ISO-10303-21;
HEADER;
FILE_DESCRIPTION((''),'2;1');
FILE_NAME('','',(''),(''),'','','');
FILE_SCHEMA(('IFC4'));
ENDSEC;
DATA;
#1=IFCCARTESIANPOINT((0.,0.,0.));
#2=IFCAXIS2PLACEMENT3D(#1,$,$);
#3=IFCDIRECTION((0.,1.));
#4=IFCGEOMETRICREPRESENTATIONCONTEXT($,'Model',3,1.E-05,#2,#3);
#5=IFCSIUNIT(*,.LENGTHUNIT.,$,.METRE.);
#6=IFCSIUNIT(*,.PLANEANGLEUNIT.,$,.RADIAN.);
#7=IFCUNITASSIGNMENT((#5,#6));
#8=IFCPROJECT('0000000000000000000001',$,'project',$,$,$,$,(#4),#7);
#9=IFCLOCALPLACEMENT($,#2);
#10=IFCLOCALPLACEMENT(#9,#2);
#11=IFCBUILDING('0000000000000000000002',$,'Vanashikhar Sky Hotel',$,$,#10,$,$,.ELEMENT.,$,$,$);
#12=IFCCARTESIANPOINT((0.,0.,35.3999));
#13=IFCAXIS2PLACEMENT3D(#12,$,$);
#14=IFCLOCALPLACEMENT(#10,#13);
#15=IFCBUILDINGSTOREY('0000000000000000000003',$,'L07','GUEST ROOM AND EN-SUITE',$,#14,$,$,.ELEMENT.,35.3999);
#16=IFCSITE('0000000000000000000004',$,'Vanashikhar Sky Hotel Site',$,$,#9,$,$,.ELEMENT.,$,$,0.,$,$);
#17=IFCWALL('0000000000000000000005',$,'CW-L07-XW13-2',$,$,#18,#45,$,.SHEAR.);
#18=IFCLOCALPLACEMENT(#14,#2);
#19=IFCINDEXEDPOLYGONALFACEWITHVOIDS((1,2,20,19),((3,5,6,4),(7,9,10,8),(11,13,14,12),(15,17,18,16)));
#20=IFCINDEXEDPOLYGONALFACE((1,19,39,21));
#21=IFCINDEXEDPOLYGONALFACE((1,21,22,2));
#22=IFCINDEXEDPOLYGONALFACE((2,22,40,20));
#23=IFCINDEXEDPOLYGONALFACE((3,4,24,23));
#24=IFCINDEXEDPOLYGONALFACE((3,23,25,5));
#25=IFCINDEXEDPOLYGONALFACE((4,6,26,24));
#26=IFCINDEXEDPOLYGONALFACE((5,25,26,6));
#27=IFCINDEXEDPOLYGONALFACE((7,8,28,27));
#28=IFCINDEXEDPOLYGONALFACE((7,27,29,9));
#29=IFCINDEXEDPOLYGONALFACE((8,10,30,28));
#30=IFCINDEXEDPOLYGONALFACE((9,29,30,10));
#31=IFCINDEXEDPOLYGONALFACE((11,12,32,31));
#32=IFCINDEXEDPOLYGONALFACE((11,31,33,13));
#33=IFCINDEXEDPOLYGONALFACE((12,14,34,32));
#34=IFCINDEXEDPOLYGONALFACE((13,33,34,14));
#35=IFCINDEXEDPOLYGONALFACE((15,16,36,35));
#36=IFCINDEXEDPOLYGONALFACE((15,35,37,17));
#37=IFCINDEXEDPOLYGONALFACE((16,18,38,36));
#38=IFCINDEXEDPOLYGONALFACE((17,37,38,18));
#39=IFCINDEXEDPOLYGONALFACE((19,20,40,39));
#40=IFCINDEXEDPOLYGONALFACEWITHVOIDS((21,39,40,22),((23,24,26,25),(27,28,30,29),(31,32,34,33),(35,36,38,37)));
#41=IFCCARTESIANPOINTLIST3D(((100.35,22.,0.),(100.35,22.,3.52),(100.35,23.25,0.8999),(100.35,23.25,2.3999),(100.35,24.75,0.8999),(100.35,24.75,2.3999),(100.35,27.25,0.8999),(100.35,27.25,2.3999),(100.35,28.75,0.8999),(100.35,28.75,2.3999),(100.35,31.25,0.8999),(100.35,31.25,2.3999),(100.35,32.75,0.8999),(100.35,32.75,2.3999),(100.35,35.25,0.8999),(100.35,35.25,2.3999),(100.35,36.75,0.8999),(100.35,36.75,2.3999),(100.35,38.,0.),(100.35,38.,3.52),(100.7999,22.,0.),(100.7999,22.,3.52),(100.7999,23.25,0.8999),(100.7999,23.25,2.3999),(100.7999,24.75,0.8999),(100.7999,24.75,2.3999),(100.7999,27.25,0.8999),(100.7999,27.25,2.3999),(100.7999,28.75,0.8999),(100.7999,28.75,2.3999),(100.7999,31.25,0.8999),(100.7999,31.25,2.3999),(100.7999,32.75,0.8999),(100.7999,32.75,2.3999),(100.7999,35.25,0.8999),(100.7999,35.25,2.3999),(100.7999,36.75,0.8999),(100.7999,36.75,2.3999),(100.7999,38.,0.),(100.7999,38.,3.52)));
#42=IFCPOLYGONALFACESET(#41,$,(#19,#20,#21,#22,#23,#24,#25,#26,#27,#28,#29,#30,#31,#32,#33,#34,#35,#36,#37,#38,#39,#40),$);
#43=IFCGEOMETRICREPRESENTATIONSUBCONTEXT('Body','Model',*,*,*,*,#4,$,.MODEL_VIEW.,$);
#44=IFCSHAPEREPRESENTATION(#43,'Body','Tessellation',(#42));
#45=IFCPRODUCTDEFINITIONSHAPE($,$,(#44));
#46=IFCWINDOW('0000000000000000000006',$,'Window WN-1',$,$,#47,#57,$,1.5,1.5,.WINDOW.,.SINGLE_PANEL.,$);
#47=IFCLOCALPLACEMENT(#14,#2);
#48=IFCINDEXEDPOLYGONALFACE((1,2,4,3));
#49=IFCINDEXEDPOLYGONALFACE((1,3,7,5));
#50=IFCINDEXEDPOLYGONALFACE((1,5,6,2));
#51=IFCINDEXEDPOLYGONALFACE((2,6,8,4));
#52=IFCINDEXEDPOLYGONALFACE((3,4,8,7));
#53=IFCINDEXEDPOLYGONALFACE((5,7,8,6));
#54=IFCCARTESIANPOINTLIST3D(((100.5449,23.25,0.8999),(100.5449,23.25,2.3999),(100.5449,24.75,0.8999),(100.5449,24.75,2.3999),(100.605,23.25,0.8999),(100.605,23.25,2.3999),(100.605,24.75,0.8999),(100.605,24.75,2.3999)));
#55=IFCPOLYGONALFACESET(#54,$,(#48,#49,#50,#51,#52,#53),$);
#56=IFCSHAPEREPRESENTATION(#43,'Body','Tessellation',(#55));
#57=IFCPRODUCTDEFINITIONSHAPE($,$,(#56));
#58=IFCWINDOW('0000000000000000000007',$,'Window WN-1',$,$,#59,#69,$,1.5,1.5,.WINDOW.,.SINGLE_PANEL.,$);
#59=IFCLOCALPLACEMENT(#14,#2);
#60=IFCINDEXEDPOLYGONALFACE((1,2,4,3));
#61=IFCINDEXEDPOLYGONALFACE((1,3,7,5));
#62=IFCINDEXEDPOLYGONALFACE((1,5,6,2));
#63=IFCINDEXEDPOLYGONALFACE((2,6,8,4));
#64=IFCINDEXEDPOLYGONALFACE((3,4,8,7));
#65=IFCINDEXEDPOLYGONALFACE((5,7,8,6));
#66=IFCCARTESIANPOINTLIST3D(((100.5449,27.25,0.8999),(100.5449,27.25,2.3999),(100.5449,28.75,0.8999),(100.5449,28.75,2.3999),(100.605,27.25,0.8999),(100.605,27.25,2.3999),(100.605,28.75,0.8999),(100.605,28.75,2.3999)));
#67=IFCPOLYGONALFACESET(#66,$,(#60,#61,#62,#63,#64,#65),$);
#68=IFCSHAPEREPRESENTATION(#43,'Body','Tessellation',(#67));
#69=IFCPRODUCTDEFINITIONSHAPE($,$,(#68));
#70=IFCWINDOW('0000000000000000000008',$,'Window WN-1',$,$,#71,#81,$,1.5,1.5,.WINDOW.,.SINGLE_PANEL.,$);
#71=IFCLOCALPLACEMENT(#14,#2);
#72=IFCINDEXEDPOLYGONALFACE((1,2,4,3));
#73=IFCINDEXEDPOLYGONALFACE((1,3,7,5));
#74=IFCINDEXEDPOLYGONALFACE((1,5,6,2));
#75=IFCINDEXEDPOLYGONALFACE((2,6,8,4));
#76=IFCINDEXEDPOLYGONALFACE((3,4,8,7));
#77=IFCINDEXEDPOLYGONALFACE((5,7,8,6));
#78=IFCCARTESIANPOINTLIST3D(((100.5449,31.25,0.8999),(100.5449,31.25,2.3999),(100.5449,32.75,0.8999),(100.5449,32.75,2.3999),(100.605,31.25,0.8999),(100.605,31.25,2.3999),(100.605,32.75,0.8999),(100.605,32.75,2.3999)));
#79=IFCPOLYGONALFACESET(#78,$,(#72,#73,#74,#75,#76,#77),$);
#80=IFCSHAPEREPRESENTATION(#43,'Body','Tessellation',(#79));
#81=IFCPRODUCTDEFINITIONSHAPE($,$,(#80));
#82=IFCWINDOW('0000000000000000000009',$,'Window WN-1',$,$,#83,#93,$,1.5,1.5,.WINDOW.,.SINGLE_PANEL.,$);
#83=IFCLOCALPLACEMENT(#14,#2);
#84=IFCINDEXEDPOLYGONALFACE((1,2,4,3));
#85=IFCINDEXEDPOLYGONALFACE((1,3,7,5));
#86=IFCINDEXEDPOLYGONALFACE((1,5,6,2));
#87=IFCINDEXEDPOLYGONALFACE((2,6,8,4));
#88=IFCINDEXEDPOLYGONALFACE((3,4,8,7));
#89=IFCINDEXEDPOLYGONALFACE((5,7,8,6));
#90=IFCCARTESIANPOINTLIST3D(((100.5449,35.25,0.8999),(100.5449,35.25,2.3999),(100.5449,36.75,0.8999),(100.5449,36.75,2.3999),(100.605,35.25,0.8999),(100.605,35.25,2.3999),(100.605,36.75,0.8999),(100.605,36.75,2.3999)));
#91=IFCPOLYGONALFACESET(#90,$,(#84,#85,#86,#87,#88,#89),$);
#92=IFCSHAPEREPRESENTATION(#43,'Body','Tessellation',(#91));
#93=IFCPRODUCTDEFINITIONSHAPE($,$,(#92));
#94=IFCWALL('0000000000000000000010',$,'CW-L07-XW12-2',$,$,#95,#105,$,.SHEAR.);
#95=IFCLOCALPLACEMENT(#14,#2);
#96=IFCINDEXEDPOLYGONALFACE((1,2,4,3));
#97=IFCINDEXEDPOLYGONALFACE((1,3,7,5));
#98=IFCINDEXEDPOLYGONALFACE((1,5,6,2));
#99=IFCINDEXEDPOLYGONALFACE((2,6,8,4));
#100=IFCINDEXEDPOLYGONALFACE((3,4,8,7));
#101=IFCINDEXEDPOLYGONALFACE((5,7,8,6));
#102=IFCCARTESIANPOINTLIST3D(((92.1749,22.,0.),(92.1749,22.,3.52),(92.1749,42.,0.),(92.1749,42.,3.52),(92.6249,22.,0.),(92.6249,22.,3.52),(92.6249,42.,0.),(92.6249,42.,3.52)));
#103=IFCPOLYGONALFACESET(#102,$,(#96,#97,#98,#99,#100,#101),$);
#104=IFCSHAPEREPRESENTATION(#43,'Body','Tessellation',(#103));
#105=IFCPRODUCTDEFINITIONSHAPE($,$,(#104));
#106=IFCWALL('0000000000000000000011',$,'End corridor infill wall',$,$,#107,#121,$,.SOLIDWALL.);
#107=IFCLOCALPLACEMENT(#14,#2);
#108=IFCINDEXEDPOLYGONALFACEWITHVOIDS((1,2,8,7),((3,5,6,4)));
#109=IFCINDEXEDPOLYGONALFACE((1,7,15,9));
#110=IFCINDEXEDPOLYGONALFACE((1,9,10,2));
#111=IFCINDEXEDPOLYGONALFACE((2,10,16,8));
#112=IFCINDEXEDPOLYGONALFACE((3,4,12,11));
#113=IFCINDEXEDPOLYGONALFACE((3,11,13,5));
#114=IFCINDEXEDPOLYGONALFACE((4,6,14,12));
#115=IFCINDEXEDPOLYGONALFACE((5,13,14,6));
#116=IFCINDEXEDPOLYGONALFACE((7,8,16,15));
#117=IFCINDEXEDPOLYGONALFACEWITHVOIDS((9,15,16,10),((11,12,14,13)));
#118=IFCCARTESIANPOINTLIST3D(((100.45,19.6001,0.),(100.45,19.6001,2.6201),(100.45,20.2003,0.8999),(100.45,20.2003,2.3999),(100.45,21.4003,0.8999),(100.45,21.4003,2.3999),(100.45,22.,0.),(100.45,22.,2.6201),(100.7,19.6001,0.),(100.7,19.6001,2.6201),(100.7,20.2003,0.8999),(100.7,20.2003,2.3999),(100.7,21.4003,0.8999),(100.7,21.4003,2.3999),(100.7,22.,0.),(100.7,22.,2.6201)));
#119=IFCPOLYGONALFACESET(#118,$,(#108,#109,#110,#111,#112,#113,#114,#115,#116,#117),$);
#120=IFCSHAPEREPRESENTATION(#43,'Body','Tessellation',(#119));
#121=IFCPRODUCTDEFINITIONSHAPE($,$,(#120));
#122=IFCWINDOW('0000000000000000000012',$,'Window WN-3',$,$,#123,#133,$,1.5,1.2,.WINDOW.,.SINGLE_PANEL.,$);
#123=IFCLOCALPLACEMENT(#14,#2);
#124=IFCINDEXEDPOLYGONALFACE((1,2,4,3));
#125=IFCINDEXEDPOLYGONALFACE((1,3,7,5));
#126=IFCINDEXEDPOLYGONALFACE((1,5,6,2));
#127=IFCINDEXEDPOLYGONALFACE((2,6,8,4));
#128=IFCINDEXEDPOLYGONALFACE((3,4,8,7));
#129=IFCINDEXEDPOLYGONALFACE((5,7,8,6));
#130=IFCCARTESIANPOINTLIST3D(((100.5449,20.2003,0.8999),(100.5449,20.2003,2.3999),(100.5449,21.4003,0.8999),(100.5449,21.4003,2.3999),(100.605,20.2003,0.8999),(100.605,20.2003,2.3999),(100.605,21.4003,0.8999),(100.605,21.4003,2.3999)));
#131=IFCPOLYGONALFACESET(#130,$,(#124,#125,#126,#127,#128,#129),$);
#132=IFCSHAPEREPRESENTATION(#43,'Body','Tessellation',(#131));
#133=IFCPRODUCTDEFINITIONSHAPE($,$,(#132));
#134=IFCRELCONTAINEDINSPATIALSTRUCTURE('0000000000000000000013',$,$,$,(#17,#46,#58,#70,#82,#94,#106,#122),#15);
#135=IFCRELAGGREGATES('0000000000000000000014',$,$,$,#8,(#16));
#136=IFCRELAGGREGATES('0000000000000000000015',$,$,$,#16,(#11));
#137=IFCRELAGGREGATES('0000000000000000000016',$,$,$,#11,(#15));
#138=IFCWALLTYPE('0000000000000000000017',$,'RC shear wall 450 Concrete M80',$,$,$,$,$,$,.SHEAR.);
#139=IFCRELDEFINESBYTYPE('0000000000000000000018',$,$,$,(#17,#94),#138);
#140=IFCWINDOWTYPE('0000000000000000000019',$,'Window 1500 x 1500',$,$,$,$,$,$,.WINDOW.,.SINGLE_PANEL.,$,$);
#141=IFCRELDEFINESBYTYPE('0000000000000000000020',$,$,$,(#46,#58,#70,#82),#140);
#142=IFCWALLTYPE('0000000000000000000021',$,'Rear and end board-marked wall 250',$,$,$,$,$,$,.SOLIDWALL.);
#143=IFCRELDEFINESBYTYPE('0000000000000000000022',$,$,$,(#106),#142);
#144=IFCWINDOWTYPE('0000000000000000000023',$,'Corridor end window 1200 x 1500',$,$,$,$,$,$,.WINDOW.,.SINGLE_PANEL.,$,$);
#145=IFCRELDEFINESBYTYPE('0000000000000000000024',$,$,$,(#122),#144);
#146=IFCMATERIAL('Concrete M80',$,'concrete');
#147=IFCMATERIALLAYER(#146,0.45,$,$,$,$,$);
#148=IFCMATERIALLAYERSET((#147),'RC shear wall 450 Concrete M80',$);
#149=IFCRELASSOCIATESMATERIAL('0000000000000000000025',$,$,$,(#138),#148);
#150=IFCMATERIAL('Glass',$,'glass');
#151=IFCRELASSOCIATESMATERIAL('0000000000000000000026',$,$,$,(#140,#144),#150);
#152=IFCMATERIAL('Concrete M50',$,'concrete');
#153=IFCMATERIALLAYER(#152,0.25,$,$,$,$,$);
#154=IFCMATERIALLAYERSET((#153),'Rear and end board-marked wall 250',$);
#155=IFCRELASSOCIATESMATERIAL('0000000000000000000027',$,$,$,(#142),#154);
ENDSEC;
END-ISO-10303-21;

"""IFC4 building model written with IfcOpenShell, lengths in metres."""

from ifc_helpers import new_model, si_unit, direction, frame, frame_2d, origin, place, context, subcontext, project, spatial, rectangle, extrude, source, transform, mapped, material, layer, layer_set, type_object, element, fill, save


model = new_model("IFC4")

# Units and contexts
model_context = context("Model", 3, precision=1e-05, world=origin(), true_north=direction((0.0, 1.0)))
body_context = subcontext(model_context, "Body", "Model", "MODEL_VIEW")
ifc_project = project(units=[si_unit("LENGTHUNIT", "METRE"), si_unit("PLANEANGLEUNIT", "RADIAN")], contexts=[model_context])

# Site, building, storey
site_placement = place(None, origin())
site = spatial("IfcSite", under=ifc_project, at=site_placement, Name="Vanashikhar Sky Hotel Site", CompositionType="ELEMENT", RefElevation=0.0)
building_placement = place(site_placement, origin())
building = spatial("IfcBuilding", under=site, at=building_placement, Name="Vanashikhar Sky Hotel", CompositionType="ELEMENT")
storey_placement = place(building_placement, frame((0.0, 0.0, 35.3999)))
storey = spatial("IfcBuildingStorey", under=building, at=storey_placement, Name="L07", Description="GUEST ROOM AND EN-SUITE", CompositionType="ELEMENT", Elevation=35.3999)

# Wall, openings, windows
ifc_material_1 = material(Name="Concrete M80", Category="concrete")
ifc_layer_1 = layer(ifc_material_1, 0.45)
ifc_layer_set_1 = layer_set([ifc_layer_1], Name="RC shear wall 450 Concrete M80")
wall_type_1 = type_object("IfcWallType", Name="RC shear wall 450 Concrete M80", PredefinedType="SHEAR", material=ifc_layer_set_1)
shared_shape_1 = source(origin(), body_context, "Body", "SweptSolid", [
    extrude(rectangle(XDim=16.0, YDim=0.45, at=frame_2d((8.0, 0.0))), origin(), (0.0, 0.0, 1.0), 3.52),
])
wall_1_placement = place(storey_placement, frame((100.575, 22.0, 0.0), z_axis=(0.0, 0.0, 1.0), x_axis=(0.0, 1.0, 0.0)))
wall_1 = element("IfcWall", 1, at=wall_1_placement, inside=storey, type_object=wall_type_1, Name="CW-L07-XW13-2", PredefinedType="SHEAR", context=body_context, shape_type="MappedRepresentation", body=[
    mapped(shared_shape_1, transform((0.0, 0.0, 0.0), scale=1.0)),
])
shared_shape_2 = source(origin(), body_context, "Body", "SweptSolid", [
    extrude(rectangle(XDim=1.5, YDim=1.5, at=frame_2d((0.75, 0.75))), frame((0.0, 0.2349, 0.0), z_axis=(0.0, -1.0, 0.0), x_axis=(1.0, 0.0, 0.0)), (0.0, 0.0, 1.0), 0.47),
])
opening_1_placement = place(wall_1_placement, frame((1.25, 0.0, 0.8999)))
opening_1 = element("IfcOpeningElement", 2, at=opening_1_placement, cuts=wall_1, PredefinedType="OPENING", context=body_context, shape_type="MappedRepresentation", body=[
    mapped(shared_shape_2, transform((0.0, 0.0, 0.0), scale=1.0)),
])
opening_2_placement = place(wall_1_placement, frame((5.25, 0.0, 0.8999)))
opening_2 = element("IfcOpeningElement", 3, at=opening_2_placement, cuts=wall_1, PredefinedType="OPENING", context=body_context, shape_type="MappedRepresentation", body=[
    mapped(shared_shape_2, transform((0.0, 0.0, 0.0), scale=1.0)),
])
opening_3_placement = place(wall_1_placement, frame((9.25, 0.0, 0.8999)))
opening_3 = element("IfcOpeningElement", 4, at=opening_3_placement, cuts=wall_1, PredefinedType="OPENING", context=body_context, shape_type="MappedRepresentation", body=[
    mapped(shared_shape_2, transform((0.0, 0.0, 0.0), scale=1.0)),
])
opening_4_placement = place(wall_1_placement, frame((13.25, 0.0, 0.8999)))
opening_4 = element("IfcOpeningElement", 5, at=opening_4_placement, cuts=wall_1, PredefinedType="OPENING", context=body_context, shape_type="MappedRepresentation", body=[
    mapped(shared_shape_2, transform((0.0, 0.0, 0.0), scale=1.0)),
])
ifc_material_2 = material(Name="Glass", Category="glass")
window_type_1 = type_object("IfcWindowType", Name="Window 1500 x 1500", PartitioningType="SINGLE_PANEL", PredefinedType="WINDOW", material=ifc_material_2)
shared_shape_3 = source(origin(), body_context, "Body", "SweptSolid", [
    extrude(rectangle(XDim=1.5, YDim=1.5, at=frame_2d((0.75, 0.75))), frame((0.0, 0.03, 0.0), z_axis=(0.0, -1.0, 0.0), x_axis=(1.0, 0.0, 0.0)), (0.0, 0.0, 1.0), 0.0601),
])
window_1_placement = place(opening_1_placement, origin())
window_1 = element("IfcWindow", 6, at=window_1_placement, inside=storey, type_object=window_type_1, Name="Window WN-1", OverallHeight=1.5, OverallWidth=1.5, PartitioningType="SINGLE_PANEL", PredefinedType="WINDOW", context=body_context, shape_type="MappedRepresentation", body=[
    mapped(shared_shape_3, transform((0.0, 0.0, 0.0), scale=1.0)),
])
fill(opening_1, window_1)
window_2_placement = place(opening_2_placement, origin())
window_2 = element("IfcWindow", 7, at=window_2_placement, inside=storey, type_object=window_type_1, Name="Window WN-1", OverallHeight=1.5, OverallWidth=1.5, PartitioningType="SINGLE_PANEL", PredefinedType="WINDOW", context=body_context, shape_type="MappedRepresentation", body=[
    mapped(shared_shape_3, transform((0.0, 0.0, 0.0), scale=1.0)),
])
fill(opening_2, window_2)
window_3_placement = place(opening_3_placement, origin())
window_3 = element("IfcWindow", 8, at=window_3_placement, inside=storey, type_object=window_type_1, Name="Window WN-1", OverallHeight=1.5, OverallWidth=1.5, PartitioningType="SINGLE_PANEL", PredefinedType="WINDOW", context=body_context, shape_type="MappedRepresentation", body=[
    mapped(shared_shape_3, transform((0.0, 0.0, 0.0), scale=1.0)),
])
fill(opening_3, window_3)
window_4_placement = place(opening_4_placement, origin())
window_4 = element("IfcWindow", 9, at=window_4_placement, inside=storey, type_object=window_type_1, Name="Window WN-1", OverallHeight=1.5, OverallWidth=1.5, PartitioningType="SINGLE_PANEL", PredefinedType="WINDOW", context=body_context, shape_type="MappedRepresentation", body=[
    mapped(shared_shape_3, transform((0.0, 0.0, 0.0), scale=1.0)),
])
fill(opening_4, window_4)

# Wall
shared_shape_4 = source(origin(), body_context, "Body", "SweptSolid", [
    extrude(rectangle(XDim=20.0, YDim=0.45, at=frame_2d((10.0, 0.0))), origin(), (0.0, 0.0, 1.0), 3.52),
])
wall_2_placement = place(storey_placement, frame((92.3999, 22.0, 0.0), z_axis=(0.0, 0.0, 1.0), x_axis=(0.0, 1.0, 0.0)))
element("IfcWall", 10, at=wall_2_placement, inside=storey, type_object=wall_type_1, Name="CW-L07-XW12-2", PredefinedType="SHEAR", context=body_context, shape_type="MappedRepresentation", body=[
    mapped(shared_shape_4, transform((0.0, 0.0, 0.0), scale=1.0)),
])

# Wall, opening, window
ifc_material_3 = material(Name="Concrete M50", Category="concrete")
ifc_layer_2 = layer(ifc_material_3, 0.25)
ifc_layer_set_2 = layer_set([ifc_layer_2], Name="Rear and end board-marked wall 250")
wall_type_2 = type_object("IfcWallType", Name="Rear and end board-marked wall 250", PredefinedType="SOLIDWALL", material=ifc_layer_set_2)
shared_shape_5 = source(origin(), body_context, "Body", "SweptSolid", [
    extrude(rectangle(XDim=2.3999, YDim=0.25, at=frame_2d((1.2, 0.0))), origin(), (0.0, 0.0, 1.0), 2.6201),
])
wall_3_placement = place(storey_placement, frame((100.575, 19.6001, 0.0), z_axis=(0.0, 0.0, 1.0), x_axis=(0.0, 1.0, 0.0)))
wall_3 = element("IfcWall", 11, at=wall_3_placement, inside=storey, type_object=wall_type_2, Name="End corridor infill wall", PredefinedType="SOLIDWALL", context=body_context, shape_type="MappedRepresentation", body=[
    mapped(shared_shape_5, transform((0.0, 0.0, 0.0), scale=1.0)),
])
shared_shape_6 = source(origin(), body_context, "Body", "SweptSolid", [
    extrude(rectangle(XDim=1.2, YDim=1.5, at=frame_2d((0.6001, 0.75))), frame((0.0, 0.135, 0.0), z_axis=(0.0, -1.0, 0.0), x_axis=(1.0, 0.0, 0.0)), (0.0, 0.0, 1.0), 0.27),
])
opening_5_placement = place(wall_3_placement, frame((0.6001, 0.0, 0.8999)))
opening_5 = element("IfcOpeningElement", 12, at=opening_5_placement, cuts=wall_3, PredefinedType="OPENING", context=body_context, shape_type="MappedRepresentation", body=[
    mapped(shared_shape_6, transform((0.0, 0.0, 0.0), scale=1.0)),
])
window_type_2 = type_object("IfcWindowType", Name="Corridor end window 1200 x 1500", PartitioningType="SINGLE_PANEL", PredefinedType="WINDOW", material=ifc_material_2)
shared_shape_7 = source(origin(), body_context, "Body", "SweptSolid", [
    extrude(rectangle(XDim=1.2, YDim=1.5, at=frame_2d((0.6001, 0.75))), frame((0.0, 0.03, 0.0), z_axis=(0.0, -1.0, 0.0), x_axis=(1.0, 0.0, 0.0)), (0.0, 0.0, 1.0), 0.0601),
])
window_5_placement = place(opening_5_placement, origin())
window_5 = element("IfcWindow", 13, at=window_5_placement, inside=storey, type_object=window_type_2, Name="Window WN-3", OverallHeight=1.5, OverallWidth=1.2, PartitioningType="SINGLE_PANEL", PredefinedType="WINDOW", context=body_context, shape_type="MappedRepresentation", body=[
    mapped(shared_shape_7, transform((0.0, 0.0, 0.0), scale=1.0)),
])
fill(opening_5, window_5)

save(model, "model.ifc")
